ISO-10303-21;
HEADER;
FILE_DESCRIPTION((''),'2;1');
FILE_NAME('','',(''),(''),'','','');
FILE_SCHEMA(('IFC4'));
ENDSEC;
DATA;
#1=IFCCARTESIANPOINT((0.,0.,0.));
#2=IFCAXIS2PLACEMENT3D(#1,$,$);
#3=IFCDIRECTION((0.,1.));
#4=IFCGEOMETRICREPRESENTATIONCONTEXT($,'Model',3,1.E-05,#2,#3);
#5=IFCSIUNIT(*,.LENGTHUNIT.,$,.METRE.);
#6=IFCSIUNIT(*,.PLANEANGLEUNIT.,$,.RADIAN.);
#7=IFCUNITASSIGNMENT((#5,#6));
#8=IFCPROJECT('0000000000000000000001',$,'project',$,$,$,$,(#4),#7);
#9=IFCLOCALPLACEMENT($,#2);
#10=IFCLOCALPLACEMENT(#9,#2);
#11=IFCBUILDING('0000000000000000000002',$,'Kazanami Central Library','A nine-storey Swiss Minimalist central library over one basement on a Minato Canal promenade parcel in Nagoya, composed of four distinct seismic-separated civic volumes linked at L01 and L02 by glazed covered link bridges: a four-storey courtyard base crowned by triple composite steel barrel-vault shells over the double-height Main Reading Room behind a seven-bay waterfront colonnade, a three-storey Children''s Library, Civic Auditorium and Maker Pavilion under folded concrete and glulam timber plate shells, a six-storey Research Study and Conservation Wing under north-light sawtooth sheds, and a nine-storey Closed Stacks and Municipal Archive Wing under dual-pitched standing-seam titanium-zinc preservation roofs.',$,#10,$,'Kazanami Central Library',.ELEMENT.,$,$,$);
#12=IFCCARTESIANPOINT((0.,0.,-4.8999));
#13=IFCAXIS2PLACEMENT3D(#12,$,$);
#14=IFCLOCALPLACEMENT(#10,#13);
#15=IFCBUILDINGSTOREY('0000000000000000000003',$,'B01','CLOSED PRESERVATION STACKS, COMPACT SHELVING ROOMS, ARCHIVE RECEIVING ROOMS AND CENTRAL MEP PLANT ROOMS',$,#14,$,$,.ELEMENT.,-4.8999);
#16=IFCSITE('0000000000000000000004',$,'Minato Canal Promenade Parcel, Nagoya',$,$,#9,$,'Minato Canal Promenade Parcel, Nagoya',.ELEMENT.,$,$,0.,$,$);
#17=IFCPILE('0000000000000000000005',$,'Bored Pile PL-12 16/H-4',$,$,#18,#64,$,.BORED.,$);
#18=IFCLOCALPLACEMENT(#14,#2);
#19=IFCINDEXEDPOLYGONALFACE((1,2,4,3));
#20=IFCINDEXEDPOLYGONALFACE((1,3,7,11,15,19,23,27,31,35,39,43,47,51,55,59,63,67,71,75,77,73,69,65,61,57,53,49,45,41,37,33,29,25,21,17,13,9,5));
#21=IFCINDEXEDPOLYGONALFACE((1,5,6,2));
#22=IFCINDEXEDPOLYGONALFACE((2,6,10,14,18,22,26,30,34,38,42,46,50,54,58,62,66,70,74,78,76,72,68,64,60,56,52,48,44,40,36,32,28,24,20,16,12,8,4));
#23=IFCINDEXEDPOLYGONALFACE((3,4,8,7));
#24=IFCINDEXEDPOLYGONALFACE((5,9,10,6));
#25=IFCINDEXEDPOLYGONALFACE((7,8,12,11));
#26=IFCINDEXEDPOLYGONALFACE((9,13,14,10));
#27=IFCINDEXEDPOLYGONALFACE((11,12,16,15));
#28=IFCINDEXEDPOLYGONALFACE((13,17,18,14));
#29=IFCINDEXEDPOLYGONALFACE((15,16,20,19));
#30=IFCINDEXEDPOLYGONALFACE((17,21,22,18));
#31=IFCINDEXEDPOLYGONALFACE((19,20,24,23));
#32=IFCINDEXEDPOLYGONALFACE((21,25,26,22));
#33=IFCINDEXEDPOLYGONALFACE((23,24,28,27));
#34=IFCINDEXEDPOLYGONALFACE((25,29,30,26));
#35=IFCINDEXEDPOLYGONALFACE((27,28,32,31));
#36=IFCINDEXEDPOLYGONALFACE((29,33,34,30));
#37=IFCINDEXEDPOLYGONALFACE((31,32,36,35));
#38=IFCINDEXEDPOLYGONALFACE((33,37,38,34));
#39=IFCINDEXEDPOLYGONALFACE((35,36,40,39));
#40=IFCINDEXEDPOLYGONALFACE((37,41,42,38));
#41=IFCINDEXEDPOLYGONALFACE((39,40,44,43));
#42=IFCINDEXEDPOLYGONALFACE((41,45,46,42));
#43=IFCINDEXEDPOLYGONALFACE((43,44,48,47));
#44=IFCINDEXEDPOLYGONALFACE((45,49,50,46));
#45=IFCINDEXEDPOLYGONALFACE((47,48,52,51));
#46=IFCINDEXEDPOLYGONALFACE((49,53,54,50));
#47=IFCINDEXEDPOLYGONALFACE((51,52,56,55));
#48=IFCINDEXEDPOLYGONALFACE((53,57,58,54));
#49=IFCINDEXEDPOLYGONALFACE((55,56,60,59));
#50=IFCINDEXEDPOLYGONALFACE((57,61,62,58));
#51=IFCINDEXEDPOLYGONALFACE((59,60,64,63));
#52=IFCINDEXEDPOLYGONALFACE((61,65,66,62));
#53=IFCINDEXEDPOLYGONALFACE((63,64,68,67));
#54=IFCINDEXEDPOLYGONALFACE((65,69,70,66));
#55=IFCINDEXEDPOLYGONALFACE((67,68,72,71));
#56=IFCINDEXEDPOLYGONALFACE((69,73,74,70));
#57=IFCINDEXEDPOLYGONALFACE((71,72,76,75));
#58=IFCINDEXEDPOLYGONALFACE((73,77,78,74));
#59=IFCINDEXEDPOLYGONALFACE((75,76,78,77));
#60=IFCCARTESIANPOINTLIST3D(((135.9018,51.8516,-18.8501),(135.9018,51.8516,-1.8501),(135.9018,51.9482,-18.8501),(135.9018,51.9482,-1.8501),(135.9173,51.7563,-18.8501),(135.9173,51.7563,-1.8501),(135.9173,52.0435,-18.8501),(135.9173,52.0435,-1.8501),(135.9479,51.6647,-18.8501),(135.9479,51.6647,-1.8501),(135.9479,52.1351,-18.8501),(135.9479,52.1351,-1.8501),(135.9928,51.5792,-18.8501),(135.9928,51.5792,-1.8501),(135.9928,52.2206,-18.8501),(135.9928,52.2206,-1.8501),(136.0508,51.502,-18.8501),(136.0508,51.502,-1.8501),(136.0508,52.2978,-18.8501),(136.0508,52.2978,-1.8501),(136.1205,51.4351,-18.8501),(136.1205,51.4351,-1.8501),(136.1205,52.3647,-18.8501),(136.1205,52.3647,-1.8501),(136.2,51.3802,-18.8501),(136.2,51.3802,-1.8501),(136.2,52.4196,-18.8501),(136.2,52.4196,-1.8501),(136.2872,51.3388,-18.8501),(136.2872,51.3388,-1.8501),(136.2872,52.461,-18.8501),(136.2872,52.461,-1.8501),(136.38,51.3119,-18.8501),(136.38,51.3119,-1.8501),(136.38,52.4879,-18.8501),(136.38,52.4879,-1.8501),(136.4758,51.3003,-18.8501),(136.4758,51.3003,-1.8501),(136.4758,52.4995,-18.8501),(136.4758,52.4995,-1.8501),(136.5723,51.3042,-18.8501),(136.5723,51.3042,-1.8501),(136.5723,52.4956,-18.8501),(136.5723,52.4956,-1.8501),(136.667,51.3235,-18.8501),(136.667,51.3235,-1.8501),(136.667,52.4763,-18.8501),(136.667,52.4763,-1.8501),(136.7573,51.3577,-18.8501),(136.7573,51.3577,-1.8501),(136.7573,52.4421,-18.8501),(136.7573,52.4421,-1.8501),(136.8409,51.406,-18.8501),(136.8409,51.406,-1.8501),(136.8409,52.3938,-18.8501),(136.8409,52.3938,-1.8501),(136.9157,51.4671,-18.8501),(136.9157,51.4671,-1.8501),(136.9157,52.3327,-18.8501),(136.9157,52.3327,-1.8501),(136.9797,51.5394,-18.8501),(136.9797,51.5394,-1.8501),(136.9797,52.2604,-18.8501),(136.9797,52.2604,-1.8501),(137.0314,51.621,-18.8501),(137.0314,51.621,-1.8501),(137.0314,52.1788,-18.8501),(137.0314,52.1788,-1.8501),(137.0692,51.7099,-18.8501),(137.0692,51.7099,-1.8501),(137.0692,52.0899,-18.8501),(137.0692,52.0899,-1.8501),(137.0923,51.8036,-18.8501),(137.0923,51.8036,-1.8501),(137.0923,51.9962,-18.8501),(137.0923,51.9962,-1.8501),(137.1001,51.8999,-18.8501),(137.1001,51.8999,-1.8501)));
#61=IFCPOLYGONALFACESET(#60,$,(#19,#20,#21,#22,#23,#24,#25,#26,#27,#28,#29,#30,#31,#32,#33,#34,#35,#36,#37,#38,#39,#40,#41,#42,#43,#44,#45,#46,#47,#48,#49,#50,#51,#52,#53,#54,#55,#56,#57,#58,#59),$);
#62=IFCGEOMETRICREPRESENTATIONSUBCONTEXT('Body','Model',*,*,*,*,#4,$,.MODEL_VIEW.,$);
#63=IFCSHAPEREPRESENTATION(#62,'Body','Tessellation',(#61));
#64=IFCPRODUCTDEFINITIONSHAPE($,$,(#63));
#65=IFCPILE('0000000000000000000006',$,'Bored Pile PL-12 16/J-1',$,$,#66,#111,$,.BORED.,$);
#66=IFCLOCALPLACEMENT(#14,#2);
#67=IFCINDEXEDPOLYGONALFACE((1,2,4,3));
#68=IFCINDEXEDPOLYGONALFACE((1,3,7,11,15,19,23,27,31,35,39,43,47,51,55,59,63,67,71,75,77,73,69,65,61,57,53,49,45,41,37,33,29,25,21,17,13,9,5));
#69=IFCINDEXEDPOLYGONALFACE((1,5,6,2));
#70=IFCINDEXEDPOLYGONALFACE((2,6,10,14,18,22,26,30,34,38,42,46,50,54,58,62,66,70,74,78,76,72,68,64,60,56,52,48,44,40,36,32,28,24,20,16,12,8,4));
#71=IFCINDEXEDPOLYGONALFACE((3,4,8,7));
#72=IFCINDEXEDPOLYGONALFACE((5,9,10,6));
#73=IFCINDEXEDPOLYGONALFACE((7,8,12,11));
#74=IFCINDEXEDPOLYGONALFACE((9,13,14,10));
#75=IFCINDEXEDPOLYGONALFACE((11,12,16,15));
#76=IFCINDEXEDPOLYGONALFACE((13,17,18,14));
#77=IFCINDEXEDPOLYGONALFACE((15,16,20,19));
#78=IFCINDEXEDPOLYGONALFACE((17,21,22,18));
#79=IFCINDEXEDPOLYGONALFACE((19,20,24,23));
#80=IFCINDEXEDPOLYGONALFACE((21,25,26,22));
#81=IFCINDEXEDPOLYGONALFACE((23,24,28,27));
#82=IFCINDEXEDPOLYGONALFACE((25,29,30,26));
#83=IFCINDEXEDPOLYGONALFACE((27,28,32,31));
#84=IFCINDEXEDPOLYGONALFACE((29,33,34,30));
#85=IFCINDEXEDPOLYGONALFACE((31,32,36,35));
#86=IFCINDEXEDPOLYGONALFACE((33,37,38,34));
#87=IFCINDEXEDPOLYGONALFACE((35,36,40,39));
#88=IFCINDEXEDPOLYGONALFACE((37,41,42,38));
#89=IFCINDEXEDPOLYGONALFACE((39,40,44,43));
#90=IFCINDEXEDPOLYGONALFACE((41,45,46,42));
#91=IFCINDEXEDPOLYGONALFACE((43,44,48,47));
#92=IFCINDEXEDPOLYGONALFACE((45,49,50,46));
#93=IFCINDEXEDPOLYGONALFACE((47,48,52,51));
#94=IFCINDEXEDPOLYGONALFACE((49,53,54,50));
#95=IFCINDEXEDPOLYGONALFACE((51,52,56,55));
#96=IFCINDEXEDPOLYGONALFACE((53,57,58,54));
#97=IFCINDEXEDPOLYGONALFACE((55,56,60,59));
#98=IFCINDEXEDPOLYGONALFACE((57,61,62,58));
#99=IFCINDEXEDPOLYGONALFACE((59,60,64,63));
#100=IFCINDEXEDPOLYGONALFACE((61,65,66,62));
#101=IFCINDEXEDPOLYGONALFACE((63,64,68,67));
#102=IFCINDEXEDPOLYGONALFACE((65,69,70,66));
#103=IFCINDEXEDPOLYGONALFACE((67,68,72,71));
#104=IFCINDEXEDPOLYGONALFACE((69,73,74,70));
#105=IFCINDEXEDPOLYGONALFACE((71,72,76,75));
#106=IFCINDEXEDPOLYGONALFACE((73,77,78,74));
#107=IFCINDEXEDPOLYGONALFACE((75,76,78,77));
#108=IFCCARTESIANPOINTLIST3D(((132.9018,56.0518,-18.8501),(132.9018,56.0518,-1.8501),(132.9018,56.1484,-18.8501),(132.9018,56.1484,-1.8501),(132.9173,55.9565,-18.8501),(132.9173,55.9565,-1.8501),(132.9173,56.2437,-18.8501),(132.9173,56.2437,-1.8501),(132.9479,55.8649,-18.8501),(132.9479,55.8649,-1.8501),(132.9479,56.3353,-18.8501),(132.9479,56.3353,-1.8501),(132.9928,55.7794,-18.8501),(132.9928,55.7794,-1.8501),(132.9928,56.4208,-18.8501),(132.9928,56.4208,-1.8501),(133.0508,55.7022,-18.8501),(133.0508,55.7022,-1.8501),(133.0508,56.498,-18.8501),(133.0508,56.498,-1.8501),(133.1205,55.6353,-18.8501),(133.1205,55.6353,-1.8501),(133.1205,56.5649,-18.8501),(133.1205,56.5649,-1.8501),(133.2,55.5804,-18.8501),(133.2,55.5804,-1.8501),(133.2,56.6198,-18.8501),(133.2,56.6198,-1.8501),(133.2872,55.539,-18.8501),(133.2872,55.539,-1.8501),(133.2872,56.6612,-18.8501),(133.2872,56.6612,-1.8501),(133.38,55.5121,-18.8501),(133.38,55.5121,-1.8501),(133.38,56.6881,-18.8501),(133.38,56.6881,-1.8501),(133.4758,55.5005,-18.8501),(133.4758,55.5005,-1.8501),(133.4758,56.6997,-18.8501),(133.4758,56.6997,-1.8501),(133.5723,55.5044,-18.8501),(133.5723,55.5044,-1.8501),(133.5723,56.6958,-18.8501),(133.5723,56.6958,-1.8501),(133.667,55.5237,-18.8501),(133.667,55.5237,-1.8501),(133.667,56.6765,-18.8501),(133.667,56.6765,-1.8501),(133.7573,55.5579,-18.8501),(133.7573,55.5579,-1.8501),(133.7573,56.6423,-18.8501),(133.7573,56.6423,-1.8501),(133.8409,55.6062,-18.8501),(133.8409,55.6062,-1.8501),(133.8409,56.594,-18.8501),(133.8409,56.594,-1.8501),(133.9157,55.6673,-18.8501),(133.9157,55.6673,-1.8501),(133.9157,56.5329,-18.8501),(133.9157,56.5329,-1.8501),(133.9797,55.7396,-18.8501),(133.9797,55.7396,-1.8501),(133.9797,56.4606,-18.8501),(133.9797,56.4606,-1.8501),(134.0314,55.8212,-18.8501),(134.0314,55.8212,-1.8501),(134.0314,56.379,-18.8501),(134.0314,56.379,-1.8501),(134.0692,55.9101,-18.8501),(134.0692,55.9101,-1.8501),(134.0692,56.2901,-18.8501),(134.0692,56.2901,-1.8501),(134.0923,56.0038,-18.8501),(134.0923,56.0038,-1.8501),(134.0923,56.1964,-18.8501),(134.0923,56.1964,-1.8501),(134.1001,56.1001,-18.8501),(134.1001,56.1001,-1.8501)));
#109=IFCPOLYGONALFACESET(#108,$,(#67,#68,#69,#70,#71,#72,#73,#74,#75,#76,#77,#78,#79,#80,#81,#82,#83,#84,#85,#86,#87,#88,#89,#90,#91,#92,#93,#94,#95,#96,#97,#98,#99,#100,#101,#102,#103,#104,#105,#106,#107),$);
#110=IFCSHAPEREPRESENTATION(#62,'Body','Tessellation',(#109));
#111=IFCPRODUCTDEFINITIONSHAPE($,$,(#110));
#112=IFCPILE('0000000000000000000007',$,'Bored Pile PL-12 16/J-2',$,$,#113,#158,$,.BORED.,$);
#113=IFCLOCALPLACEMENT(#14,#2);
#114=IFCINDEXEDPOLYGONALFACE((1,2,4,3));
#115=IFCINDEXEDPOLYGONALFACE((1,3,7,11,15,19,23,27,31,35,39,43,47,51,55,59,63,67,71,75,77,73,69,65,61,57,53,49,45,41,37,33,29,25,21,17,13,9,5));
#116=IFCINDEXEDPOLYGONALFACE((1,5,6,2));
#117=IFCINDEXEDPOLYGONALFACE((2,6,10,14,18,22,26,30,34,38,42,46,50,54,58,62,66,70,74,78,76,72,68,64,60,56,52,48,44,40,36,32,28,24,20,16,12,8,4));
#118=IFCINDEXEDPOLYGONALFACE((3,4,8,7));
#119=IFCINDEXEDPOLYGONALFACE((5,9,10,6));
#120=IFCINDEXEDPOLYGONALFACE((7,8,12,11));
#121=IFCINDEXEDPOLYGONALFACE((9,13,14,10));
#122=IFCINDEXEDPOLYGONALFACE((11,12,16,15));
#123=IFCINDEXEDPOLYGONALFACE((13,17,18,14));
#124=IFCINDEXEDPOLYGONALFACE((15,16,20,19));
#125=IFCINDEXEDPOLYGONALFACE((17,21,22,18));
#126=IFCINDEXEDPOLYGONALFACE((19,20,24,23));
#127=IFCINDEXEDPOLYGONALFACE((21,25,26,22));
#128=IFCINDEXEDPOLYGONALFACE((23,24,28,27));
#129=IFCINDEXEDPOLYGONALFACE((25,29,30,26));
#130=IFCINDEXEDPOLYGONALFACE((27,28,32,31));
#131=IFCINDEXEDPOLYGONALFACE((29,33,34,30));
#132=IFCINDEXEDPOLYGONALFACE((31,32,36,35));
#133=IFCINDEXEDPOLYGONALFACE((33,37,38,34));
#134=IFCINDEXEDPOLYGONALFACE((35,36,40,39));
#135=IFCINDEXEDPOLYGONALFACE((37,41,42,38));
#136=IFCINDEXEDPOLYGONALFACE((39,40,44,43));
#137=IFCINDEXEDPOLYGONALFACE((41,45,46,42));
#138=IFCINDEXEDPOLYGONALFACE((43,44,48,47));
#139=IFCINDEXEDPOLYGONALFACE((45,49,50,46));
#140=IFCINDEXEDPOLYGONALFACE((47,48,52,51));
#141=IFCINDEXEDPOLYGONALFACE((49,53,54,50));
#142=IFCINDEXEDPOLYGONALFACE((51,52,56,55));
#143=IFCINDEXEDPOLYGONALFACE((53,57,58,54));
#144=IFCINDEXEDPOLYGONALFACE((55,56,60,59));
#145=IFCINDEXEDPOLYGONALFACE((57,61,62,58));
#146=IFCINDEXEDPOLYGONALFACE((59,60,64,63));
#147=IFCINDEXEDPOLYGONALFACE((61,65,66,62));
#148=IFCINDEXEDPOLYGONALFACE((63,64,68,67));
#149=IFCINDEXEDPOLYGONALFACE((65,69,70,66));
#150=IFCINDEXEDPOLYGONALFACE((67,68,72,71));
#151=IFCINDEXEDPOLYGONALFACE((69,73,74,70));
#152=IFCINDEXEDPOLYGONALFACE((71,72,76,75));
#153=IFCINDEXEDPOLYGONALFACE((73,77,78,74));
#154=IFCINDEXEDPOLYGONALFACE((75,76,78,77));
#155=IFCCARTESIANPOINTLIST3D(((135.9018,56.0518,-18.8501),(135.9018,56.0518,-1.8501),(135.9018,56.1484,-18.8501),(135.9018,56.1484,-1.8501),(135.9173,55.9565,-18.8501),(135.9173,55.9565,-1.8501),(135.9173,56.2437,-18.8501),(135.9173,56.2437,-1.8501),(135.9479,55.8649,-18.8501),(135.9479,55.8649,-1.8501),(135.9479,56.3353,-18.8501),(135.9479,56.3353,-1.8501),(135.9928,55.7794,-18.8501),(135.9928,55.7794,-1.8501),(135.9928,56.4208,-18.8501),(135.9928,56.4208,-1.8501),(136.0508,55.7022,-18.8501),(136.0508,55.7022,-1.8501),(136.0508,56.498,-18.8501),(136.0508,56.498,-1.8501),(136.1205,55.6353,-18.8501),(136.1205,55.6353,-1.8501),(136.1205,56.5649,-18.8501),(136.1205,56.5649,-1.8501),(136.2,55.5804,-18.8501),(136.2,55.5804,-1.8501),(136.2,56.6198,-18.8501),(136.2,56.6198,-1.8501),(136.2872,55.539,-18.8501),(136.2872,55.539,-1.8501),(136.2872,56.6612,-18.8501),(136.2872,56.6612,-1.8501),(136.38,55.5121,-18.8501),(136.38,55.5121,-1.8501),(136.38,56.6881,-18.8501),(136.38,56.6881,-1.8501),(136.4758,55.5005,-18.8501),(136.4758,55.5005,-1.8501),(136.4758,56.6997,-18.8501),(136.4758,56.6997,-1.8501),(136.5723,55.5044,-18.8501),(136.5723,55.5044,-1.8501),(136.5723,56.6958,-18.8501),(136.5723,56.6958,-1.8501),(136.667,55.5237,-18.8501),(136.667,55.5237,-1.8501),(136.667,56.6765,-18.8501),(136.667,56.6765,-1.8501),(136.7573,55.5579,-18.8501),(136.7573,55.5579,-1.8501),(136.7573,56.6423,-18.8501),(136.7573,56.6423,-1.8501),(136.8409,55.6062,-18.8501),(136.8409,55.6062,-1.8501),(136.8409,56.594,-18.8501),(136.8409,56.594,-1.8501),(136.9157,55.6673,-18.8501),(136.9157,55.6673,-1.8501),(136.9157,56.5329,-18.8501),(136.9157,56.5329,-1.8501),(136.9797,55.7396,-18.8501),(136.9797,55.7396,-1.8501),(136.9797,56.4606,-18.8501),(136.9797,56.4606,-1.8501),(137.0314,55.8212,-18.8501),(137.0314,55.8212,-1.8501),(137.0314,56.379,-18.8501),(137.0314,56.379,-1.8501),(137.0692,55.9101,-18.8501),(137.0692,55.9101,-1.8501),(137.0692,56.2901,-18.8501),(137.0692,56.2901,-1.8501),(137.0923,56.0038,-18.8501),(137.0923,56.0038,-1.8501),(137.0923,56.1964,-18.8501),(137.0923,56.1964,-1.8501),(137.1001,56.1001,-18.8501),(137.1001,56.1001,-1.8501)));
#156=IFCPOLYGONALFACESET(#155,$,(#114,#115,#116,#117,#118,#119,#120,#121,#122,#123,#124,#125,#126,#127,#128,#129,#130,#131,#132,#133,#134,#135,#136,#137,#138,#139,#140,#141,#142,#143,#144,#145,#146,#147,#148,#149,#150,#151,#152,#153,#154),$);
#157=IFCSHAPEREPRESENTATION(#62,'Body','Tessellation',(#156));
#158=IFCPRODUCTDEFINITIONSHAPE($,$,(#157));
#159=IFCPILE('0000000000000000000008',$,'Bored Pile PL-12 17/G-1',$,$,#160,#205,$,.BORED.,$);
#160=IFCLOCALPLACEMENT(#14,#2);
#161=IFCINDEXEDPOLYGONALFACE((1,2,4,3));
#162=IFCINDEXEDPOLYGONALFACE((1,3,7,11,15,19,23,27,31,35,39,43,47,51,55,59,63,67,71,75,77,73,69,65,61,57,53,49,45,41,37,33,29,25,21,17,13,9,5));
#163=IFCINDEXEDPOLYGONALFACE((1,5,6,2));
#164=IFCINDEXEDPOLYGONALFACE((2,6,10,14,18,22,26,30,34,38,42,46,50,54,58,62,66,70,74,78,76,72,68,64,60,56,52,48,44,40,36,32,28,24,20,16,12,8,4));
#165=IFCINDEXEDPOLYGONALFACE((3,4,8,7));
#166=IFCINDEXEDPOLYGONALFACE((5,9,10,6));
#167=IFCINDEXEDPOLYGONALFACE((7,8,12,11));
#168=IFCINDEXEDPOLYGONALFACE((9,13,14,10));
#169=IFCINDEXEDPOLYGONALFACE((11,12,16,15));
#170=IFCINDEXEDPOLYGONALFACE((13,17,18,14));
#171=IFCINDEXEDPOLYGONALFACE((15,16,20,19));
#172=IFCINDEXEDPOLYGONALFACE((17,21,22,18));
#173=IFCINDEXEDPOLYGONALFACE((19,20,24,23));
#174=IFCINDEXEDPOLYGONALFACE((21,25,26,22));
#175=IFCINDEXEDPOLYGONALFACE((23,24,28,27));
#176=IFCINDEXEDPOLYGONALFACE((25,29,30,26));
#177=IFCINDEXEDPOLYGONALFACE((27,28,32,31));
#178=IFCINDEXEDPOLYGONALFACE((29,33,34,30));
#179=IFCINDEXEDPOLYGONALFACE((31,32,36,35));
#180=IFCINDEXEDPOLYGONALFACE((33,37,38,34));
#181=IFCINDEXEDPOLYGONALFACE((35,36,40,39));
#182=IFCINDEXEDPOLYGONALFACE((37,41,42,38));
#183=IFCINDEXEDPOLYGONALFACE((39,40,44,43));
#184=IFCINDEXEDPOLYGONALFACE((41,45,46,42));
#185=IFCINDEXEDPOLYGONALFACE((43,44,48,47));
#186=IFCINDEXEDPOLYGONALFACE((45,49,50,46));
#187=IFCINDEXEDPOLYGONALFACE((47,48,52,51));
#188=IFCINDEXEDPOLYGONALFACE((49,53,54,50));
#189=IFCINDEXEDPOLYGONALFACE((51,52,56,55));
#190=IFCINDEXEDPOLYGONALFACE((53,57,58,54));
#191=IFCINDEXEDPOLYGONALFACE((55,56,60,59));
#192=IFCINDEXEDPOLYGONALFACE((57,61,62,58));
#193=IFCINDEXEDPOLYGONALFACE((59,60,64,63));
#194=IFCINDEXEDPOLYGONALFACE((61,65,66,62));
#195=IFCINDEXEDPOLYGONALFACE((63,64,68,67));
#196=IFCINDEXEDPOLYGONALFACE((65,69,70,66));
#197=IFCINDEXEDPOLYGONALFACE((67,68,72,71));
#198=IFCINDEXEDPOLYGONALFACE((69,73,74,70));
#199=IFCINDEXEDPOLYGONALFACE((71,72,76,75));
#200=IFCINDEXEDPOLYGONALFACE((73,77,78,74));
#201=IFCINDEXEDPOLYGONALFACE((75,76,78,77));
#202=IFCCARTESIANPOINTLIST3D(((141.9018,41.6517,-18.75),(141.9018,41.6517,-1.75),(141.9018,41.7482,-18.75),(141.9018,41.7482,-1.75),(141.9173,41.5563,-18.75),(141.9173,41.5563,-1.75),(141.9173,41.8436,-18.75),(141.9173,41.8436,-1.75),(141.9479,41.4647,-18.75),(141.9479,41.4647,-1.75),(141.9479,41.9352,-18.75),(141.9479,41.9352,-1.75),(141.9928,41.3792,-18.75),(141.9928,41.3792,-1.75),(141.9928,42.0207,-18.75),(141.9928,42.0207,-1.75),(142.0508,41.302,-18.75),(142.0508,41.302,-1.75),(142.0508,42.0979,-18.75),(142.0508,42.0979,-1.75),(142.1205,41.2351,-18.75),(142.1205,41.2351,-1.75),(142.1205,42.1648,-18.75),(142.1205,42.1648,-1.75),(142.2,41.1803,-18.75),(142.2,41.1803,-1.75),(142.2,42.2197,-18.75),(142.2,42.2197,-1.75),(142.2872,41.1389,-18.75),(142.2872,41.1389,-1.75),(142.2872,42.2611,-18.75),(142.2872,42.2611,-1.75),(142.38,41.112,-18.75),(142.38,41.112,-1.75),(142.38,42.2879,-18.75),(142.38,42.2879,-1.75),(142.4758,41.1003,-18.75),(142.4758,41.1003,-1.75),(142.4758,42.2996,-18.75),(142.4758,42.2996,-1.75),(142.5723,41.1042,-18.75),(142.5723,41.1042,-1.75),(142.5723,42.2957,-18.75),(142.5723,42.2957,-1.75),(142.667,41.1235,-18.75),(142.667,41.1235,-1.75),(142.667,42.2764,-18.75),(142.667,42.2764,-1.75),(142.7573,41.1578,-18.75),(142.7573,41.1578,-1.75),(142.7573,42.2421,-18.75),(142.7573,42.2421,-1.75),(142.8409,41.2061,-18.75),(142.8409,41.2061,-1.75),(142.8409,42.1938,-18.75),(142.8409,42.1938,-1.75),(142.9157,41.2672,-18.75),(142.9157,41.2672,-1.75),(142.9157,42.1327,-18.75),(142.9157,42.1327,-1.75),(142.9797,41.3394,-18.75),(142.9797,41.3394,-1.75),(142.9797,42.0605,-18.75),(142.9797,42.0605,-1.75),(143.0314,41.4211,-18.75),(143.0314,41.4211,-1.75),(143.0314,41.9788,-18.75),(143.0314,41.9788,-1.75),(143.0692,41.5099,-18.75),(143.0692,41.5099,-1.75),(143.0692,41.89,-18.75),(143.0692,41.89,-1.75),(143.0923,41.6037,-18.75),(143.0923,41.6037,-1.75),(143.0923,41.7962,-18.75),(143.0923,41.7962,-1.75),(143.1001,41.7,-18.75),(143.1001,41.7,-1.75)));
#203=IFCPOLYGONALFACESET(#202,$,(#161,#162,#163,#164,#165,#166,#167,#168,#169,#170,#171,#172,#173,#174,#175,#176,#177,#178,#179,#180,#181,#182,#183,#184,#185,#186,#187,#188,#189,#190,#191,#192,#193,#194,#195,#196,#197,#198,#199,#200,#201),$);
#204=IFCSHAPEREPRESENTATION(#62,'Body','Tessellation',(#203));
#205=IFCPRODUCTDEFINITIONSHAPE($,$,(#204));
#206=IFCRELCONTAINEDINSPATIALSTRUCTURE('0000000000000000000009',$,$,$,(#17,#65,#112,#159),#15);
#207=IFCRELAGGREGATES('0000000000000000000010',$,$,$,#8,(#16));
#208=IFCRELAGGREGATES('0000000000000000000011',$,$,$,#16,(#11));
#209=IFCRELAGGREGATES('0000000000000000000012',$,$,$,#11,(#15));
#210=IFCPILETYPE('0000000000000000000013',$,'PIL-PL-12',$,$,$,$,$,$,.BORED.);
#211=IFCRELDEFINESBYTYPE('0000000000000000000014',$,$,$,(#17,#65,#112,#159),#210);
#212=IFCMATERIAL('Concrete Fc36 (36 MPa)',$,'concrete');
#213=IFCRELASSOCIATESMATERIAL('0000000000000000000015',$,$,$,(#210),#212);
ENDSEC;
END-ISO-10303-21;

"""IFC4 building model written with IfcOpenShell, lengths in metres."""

from ifc_helpers import new_model, si_unit, direction, frame, origin, origin_2d, place, context, subcontext, project, spatial, circle, extrude, material, material_profile, profile_set, type_object, element, save


model = new_model("IFC4")

# Units and contexts
model_context = context("Model", 3, precision=1e-05, world=origin(), true_north=direction((0.0, 1.0)))
body_context = subcontext(model_context, "Body", "Model", "MODEL_VIEW")
ifc_project = project(units=[si_unit("LENGTHUNIT", "METRE"), si_unit("PLANEANGLEUNIT", "RADIAN")], contexts=[model_context])

# Site, building, storey
site_placement = place(None, origin())
site = spatial("IfcSite", under=ifc_project, at=site_placement, Name="Minato Canal Promenade Parcel, Nagoya", LongName="Minato Canal Promenade Parcel, Nagoya", CompositionType="ELEMENT", RefElevation=0.0)
building_placement = place(site_placement, origin())
building = spatial("IfcBuilding", under=site, at=building_placement, Name="Kazanami Central Library", Description="A nine-storey Swiss Minimalist central library over one basement on a Minato Canal promenade parcel in Nagoya, composed of four distinct seismic-separated civic volumes linked at L01 and L02 by glazed covered link bridges: a four-storey courtyard base crowned by triple composite steel barrel-vault shells over the double-height Main Reading Room behind a seven-bay waterfront colonnade, a three-storey Children's Library, Civic Auditorium and Maker Pavilion under folded concrete and glulam timber plate shells, a six-storey Research Study and Conservation Wing under north-light sawtooth sheds, and a nine-storey Closed Stacks and Municipal Archive Wing under dual-pitched standing-seam titanium-zinc preservation roofs.", LongName="Kazanami Central Library", CompositionType="ELEMENT")
storey_placement = place(building_placement, frame((0.0, 0.0, -4.8999)))
storey = spatial("IfcBuildingStorey", under=building, at=storey_placement, Name="B01", Description="CLOSED PRESERVATION STACKS, COMPACT SHELVING ROOMS, ARCHIVE RECEIVING ROOMS AND CENTRAL MEP PLANT ROOMS", CompositionType="ELEMENT", Elevation=-4.8999)

# Shared definitions
ifc_material_1 = material(Name="Concrete Fc36 (36 MPa)", Category="concrete")

# Piles
ifc_material_profile_1 = material_profile(ifc_material_1, circle(Radius=0.6001, at=origin_2d()), Name="BORED-D1200")
ifc_profile_set_1 = profile_set([ifc_material_profile_1], Name="Concrete Fc36 (36 MPa)")
pile_type = type_object("IfcPileType", Name="PIL-PL-12", PredefinedType="BORED", material=ifc_profile_set_1)
for number, where, z_axis, x_axis, name in (
    (1, (136.5, 51.8999, -1.8501), (0.0, 0.0, -1.0), (1.0, 0.0, 0.0), "Bored Pile PL-12 16/H-4"),
    (2, (133.5, 56.1001, -1.8501), (0.0, 0.0, -1.0), (1.0, 0.0, 0.0), "Bored Pile PL-12 16/J-1"),
    (3, (136.5, 56.1001, -1.8501), (0.0, 0.0, -1.0), (1.0, 0.0, 0.0), "Bored Pile PL-12 16/J-2"),
    (4, (142.5, 41.7, -1.75), (0.0, 0.0, -1.0), (1.0, 0.0, 0.0), "Bored Pile PL-12 17/G-1"),
):
    element("IfcPile", number, at=place(storey_placement, frame(where, z_axis=z_axis, x_axis=x_axis)), inside=storey, type_object=pile_type, Name=name, PredefinedType="BORED", context=body_context, shape_type="SweptSolid", body=[
        extrude(circle(Radius=0.6001, at=origin_2d()), origin(), (0.0, 0.0, 1.0), 17.0),
    ])

save(model, "model.ifc")
